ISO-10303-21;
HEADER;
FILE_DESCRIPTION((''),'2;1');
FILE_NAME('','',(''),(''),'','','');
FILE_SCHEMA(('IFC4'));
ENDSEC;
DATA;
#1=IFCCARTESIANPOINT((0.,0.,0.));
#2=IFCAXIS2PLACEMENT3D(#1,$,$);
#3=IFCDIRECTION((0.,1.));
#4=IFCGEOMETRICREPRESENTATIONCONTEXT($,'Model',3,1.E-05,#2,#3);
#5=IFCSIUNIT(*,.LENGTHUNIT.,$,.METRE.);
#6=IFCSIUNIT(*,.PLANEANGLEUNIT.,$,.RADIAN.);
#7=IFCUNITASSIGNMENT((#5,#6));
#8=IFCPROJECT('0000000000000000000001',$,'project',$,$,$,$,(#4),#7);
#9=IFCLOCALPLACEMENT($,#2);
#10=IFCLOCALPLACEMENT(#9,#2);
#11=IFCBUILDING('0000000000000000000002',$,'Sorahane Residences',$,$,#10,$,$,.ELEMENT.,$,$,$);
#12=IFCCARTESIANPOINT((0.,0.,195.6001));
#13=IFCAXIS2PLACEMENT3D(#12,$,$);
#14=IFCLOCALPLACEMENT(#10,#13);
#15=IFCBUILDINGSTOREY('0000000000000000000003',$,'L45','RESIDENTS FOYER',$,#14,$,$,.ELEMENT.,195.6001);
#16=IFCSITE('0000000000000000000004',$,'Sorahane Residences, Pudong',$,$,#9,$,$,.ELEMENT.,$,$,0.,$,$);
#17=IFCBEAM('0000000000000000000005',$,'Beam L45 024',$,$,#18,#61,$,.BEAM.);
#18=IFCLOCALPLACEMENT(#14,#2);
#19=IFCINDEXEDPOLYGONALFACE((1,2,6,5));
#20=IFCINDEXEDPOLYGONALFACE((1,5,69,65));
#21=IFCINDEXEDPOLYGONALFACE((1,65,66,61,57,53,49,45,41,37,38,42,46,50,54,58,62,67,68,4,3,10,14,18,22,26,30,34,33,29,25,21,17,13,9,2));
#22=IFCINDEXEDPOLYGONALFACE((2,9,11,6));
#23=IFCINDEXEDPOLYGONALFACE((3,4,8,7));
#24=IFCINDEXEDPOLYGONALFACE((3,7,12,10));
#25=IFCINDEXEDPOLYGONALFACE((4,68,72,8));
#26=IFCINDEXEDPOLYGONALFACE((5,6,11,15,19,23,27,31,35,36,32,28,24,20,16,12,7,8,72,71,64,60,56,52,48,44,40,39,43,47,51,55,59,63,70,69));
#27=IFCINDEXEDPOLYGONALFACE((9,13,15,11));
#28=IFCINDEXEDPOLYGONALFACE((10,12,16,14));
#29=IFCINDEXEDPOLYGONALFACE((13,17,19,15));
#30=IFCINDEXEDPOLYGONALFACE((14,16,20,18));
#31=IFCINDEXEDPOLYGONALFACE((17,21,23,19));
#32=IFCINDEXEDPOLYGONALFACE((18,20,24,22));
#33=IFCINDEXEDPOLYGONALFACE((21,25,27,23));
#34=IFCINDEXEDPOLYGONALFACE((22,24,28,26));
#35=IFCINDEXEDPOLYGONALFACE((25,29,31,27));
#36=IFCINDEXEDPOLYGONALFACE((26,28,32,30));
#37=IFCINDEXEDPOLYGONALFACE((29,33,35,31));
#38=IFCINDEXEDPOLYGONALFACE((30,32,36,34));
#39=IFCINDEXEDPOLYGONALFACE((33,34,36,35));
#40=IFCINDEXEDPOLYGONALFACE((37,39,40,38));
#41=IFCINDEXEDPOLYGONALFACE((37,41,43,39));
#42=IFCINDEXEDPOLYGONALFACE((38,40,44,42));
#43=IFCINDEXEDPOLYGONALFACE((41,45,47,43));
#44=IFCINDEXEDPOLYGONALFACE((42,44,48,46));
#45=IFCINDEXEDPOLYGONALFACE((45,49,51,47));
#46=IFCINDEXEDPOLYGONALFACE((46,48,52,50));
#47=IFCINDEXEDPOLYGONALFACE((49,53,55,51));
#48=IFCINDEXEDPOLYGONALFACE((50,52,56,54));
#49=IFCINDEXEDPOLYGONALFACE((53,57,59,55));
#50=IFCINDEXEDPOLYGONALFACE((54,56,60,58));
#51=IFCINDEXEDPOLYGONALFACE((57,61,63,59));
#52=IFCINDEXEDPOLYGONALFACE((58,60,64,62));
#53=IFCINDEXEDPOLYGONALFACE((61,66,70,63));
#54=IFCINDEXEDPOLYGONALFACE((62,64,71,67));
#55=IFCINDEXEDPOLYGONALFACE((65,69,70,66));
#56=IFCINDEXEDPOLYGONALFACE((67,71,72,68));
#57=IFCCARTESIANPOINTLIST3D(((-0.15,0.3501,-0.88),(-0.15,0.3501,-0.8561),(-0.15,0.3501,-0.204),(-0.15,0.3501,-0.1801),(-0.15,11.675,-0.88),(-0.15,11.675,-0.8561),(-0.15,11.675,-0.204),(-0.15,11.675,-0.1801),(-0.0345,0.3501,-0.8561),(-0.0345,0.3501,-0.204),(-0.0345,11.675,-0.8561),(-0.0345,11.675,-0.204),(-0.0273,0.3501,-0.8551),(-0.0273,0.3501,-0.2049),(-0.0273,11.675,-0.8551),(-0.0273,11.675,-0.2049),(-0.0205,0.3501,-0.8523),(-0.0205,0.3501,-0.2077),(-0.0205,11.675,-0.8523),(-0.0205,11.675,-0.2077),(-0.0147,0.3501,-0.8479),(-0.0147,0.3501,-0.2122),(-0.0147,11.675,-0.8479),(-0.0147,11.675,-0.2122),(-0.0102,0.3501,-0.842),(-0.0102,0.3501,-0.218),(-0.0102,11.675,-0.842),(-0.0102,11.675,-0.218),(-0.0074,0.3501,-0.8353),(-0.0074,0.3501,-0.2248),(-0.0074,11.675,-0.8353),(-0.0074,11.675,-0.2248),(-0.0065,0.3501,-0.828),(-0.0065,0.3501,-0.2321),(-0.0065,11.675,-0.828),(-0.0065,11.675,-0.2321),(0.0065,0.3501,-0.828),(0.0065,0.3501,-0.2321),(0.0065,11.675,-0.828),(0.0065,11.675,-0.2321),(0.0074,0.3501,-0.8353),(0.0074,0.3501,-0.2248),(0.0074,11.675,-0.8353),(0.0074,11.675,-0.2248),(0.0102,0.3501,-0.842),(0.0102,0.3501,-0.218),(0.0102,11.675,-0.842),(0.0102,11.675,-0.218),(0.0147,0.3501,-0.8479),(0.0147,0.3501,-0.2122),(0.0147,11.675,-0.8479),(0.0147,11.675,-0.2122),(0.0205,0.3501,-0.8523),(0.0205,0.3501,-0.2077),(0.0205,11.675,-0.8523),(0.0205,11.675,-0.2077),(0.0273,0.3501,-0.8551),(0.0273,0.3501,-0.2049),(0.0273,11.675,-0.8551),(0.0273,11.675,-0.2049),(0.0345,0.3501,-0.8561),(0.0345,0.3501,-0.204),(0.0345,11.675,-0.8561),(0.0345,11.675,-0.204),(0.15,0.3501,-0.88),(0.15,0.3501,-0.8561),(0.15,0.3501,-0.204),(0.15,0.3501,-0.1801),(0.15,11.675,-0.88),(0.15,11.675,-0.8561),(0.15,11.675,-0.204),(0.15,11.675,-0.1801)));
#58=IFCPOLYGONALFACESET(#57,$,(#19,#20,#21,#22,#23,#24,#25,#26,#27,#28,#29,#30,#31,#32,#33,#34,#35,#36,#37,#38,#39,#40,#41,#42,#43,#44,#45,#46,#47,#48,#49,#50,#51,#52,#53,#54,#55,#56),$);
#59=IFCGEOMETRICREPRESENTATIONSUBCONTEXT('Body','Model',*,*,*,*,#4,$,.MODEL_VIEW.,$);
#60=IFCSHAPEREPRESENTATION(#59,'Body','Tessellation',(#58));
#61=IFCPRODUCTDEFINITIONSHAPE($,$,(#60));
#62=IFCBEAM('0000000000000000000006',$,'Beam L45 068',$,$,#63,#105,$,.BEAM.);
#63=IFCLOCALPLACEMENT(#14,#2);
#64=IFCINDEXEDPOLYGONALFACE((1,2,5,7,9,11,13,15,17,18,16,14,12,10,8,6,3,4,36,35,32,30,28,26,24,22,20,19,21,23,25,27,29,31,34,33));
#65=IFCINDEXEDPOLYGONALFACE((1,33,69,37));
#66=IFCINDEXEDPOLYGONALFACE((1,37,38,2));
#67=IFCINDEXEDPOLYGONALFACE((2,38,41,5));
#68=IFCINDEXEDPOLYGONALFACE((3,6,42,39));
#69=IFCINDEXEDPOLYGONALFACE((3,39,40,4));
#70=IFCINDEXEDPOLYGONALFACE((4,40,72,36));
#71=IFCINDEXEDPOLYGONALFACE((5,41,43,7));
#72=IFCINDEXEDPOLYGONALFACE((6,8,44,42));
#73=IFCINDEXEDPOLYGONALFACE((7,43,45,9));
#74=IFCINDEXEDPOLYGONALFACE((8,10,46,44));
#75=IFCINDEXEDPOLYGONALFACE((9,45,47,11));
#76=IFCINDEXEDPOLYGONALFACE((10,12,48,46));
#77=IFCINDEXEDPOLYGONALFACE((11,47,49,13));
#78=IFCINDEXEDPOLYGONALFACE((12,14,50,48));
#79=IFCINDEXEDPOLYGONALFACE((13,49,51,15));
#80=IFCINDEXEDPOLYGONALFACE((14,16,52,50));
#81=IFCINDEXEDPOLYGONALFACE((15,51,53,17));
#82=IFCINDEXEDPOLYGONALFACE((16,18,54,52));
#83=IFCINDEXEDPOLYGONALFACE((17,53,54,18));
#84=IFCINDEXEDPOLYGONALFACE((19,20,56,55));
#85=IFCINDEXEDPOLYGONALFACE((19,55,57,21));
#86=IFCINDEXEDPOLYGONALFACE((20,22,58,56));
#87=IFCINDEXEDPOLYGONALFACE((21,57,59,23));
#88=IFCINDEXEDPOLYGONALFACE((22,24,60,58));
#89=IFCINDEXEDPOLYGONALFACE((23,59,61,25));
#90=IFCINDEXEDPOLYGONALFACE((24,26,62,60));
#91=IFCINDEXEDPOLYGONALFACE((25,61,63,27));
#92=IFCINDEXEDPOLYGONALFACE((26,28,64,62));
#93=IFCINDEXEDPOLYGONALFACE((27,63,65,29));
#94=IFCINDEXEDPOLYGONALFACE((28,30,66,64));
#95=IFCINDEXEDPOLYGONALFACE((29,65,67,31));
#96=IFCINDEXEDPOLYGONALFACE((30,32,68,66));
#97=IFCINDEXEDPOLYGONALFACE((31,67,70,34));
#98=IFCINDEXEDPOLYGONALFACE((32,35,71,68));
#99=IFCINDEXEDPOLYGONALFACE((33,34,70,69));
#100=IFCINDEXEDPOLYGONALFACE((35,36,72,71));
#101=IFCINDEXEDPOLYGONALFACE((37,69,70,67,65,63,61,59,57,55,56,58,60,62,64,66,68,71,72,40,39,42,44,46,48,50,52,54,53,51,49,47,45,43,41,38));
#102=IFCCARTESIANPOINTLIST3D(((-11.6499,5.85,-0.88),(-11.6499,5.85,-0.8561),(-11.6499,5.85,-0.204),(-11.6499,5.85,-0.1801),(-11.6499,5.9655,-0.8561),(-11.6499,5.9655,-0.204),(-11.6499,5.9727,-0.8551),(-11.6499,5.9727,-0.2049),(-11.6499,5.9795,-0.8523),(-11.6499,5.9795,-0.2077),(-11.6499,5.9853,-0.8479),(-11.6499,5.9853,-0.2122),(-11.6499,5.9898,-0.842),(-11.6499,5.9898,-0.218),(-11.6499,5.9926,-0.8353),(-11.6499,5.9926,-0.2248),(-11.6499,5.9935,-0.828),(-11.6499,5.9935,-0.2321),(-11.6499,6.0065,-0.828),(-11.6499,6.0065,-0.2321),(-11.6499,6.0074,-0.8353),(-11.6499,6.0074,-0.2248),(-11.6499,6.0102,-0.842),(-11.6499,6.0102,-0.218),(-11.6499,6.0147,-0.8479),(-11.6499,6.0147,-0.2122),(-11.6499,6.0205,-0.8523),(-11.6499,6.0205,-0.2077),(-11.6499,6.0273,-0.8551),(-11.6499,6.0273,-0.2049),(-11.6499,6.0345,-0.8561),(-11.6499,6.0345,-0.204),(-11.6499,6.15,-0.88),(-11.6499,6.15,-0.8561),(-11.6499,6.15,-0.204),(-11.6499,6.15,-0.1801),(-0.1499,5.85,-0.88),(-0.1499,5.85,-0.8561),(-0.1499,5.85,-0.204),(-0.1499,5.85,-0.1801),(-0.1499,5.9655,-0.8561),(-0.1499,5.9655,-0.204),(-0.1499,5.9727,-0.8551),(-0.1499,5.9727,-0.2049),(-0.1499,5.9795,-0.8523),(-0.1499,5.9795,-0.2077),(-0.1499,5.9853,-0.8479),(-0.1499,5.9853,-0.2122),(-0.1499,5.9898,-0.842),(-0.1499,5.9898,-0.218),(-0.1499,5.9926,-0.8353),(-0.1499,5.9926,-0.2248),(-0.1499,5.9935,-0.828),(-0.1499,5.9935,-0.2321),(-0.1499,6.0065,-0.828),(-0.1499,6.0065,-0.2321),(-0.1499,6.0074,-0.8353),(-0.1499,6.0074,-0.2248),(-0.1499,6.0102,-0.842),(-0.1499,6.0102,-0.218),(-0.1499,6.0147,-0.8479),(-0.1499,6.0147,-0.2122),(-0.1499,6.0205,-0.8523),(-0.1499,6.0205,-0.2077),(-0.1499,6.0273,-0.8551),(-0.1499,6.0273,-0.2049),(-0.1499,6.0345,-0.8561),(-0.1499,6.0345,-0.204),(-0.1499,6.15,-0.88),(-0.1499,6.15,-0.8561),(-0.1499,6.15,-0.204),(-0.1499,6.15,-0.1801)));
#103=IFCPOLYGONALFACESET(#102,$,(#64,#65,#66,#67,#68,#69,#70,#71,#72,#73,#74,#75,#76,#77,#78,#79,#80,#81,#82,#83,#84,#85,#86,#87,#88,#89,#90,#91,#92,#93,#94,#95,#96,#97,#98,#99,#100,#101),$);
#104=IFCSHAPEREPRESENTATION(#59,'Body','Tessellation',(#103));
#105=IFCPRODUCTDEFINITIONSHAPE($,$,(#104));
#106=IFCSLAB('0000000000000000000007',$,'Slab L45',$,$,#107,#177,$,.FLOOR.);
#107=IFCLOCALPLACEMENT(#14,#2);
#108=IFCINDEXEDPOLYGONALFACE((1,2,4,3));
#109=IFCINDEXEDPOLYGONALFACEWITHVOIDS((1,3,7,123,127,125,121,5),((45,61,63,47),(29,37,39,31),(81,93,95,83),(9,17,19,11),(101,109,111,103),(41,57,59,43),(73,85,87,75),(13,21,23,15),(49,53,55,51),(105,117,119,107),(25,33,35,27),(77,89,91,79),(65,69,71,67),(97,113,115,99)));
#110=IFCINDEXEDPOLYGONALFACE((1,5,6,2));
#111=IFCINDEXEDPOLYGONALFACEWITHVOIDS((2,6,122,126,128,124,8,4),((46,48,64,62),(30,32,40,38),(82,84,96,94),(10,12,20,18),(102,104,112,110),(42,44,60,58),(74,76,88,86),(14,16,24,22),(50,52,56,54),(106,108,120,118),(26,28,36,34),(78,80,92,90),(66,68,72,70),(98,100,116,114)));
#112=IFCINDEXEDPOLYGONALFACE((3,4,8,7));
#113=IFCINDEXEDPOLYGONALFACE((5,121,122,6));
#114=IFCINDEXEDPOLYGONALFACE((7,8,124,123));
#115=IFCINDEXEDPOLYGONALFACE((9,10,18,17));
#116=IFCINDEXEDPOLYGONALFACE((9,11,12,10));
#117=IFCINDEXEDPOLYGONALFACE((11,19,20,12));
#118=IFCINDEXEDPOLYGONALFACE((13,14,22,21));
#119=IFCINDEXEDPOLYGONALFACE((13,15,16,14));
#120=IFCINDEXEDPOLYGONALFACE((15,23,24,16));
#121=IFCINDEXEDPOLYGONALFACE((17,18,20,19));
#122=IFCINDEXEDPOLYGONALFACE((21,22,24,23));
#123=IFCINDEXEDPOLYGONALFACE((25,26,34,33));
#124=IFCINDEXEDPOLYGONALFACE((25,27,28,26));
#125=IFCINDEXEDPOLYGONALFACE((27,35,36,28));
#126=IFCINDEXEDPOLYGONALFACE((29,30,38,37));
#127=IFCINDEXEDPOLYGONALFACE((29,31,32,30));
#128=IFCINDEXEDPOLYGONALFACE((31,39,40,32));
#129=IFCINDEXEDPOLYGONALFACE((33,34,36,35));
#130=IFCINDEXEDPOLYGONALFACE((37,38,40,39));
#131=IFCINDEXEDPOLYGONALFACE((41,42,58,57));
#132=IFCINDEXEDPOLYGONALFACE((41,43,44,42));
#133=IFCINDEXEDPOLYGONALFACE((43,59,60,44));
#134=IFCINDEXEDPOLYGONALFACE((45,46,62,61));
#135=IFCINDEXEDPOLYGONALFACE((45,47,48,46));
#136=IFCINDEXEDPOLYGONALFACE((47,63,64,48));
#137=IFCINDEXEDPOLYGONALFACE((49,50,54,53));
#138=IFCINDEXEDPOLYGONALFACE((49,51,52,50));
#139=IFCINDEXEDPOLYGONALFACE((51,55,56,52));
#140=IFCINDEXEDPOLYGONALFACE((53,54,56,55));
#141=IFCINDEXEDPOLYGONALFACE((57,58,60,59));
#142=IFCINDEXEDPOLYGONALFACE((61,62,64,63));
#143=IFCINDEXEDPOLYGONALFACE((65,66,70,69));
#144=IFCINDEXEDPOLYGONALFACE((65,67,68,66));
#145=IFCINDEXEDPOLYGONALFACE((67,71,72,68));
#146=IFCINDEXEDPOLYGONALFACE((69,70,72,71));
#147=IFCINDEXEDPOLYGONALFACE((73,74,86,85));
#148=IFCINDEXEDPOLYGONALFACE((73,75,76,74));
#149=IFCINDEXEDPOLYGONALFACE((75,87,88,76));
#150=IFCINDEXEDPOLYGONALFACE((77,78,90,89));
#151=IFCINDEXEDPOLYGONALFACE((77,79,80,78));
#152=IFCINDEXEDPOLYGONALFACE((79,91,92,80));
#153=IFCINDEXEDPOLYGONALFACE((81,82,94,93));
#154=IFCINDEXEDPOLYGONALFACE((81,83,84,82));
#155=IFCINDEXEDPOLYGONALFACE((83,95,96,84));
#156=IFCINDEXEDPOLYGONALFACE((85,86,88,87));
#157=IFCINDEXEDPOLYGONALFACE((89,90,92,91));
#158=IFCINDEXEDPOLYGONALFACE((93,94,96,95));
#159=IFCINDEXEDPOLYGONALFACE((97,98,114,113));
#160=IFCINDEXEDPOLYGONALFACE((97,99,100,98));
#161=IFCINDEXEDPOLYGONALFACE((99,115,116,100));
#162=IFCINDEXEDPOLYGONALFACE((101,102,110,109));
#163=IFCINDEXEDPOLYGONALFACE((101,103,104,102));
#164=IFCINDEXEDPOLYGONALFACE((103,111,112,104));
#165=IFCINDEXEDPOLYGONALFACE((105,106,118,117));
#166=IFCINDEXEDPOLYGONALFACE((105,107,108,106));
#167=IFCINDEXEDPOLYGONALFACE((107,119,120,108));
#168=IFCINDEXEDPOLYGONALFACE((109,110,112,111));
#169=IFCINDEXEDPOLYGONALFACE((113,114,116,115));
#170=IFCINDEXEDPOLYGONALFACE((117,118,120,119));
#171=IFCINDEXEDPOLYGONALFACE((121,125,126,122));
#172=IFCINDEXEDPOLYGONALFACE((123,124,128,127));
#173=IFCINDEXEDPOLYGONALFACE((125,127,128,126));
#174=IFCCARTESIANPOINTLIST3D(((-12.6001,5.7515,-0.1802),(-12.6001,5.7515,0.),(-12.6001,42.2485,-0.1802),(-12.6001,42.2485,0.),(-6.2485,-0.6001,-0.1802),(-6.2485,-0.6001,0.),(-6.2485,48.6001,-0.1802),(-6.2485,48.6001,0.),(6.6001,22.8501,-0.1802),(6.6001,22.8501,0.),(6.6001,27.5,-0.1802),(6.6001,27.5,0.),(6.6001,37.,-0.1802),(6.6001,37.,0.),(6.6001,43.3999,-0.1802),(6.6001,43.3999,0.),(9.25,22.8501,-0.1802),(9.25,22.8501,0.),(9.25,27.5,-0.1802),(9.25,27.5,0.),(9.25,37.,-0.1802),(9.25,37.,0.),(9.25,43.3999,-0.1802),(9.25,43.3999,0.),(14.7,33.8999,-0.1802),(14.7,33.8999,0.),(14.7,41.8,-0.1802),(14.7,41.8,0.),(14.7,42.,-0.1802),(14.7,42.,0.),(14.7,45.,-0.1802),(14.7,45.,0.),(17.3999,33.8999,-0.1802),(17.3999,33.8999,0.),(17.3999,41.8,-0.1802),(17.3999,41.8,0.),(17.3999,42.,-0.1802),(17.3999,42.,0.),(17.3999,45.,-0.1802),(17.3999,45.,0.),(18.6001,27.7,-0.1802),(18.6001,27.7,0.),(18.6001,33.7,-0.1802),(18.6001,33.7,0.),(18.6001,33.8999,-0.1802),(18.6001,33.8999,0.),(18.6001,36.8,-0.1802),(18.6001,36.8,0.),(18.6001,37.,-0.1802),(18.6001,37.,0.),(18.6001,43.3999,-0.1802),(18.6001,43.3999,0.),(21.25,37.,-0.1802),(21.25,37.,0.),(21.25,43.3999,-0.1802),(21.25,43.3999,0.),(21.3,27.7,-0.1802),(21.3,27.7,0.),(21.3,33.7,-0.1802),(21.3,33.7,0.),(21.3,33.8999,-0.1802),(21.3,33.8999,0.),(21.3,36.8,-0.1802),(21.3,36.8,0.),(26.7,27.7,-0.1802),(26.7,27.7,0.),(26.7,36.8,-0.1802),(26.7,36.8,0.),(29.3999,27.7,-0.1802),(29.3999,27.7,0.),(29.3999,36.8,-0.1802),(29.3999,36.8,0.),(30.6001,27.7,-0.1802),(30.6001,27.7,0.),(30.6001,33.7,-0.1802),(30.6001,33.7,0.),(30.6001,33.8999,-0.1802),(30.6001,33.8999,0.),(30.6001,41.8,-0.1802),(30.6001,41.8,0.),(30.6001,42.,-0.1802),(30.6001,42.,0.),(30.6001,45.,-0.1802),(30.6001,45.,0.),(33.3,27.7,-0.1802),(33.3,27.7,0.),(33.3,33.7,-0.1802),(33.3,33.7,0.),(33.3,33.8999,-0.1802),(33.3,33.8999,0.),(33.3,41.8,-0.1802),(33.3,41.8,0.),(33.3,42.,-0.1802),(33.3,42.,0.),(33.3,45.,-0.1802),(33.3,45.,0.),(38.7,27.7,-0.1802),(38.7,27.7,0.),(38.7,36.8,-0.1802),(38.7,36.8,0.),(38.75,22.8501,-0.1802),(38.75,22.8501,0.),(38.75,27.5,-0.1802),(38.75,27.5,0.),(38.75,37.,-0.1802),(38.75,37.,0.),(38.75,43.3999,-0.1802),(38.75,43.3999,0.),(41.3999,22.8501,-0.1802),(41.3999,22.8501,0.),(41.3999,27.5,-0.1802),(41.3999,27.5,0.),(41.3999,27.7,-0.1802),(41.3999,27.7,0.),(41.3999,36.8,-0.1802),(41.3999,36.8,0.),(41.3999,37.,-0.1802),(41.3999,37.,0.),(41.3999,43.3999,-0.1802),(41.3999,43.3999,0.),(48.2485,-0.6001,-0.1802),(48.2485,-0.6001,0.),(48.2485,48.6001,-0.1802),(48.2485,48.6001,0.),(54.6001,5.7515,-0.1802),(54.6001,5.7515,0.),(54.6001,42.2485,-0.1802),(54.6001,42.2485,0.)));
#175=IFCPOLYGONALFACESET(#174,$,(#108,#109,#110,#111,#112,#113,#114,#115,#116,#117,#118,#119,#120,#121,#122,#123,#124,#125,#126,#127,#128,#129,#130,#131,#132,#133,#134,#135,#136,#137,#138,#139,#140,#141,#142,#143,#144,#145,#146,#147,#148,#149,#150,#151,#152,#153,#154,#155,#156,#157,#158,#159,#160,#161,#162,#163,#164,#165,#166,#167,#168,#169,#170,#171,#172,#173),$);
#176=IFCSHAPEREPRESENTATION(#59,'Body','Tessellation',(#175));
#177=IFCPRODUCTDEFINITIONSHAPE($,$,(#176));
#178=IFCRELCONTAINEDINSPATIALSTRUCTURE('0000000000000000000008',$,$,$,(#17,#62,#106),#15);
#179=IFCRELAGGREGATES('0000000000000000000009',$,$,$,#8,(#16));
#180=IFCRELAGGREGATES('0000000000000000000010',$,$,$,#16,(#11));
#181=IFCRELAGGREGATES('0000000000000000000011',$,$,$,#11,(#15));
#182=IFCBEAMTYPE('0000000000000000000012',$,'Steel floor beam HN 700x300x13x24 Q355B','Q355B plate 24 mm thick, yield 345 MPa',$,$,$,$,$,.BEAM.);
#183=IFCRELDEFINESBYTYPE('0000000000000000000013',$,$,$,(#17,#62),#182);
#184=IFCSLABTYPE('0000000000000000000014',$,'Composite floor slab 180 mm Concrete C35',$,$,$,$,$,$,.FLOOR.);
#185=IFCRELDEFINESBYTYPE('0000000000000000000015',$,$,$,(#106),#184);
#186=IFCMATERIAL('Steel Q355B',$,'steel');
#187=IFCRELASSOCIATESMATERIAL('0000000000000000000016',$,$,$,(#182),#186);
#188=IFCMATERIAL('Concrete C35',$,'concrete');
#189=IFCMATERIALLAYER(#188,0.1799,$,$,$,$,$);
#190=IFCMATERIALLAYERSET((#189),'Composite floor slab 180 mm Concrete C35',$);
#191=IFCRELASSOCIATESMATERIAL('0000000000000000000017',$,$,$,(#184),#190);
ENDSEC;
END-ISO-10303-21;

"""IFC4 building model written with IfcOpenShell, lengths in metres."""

from ifc_helpers import new_model, si_unit, direction, frame, origin, origin_2d, place, context, subcontext, project, spatial, polyline, i_section, outline, extrude, material, layer, layer_set, material_profile, profile_set, type_object, element, save


model = new_model("IFC4")

# Units and contexts
model_context = context("Model", 3, precision=1e-05, world=origin(), true_north=direction((0.0, 1.0)))
body_context = subcontext(model_context, "Body", "Model", "MODEL_VIEW")
ifc_project = project(units=[si_unit("LENGTHUNIT", "METRE"), si_unit("PLANEANGLEUNIT", "RADIAN")], contexts=[model_context])

# Site, building, storey
site_placement = place(None, origin())
site = spatial("IfcSite", under=ifc_project, at=site_placement, Name="Sorahane Residences, Pudong", CompositionType="ELEMENT", RefElevation=0.0)
building_placement = place(site_placement, origin())
building = spatial("IfcBuilding", under=site, at=building_placement, Name="Sorahane Residences", CompositionType="ELEMENT")
storey_placement = place(building_placement, frame((0.0, 0.0, 195.6001)))
storey = spatial("IfcBuildingStorey", under=building, at=storey_placement, Name="L45", Description="RESIDENTS FOYER", CompositionType="ELEMENT", Elevation=195.6001)

# Beams
ifc_material_1 = material(Name="Steel Q355B", Category="steel")
ifc_material_profile_1 = material_profile(ifc_material_1, i_section(OverallWidth=0.3, OverallDepth=0.7, WebThickness=0.0129, FlangeThickness=0.0239, FilletRadius=0.0281, at=origin_2d()), Name="HN 700x300x13x24")
ifc_profile_set_1 = profile_set([ifc_material_profile_1], Name="Steel Q355B")
beam_type_1 = type_object("IfcBeamType", Name="Steel floor beam HN 700x300x13x24 Q355B", Description="Q355B plate 24 mm thick, yield 345 MPa", PredefinedType="BEAM", material=ifc_profile_set_1)
beam_1_placement = place(storey_placement, frame((0.0, 0.3501, -0.53), z_axis=(0.0, 1.0, 0.0), x_axis=(-1.0, 0.0, 0.0)))
element("IfcBeam", 1, at=beam_1_placement, inside=storey, type_object=beam_type_1, Name="Beam L45 024", PredefinedType="BEAM", context=body_context, shape_type="SweptSolid", body=[
    extrude(i_section(OverallWidth=0.3, OverallDepth=0.7, WebThickness=0.0129, FlangeThickness=0.0239, FilletRadius=0.0281, at=origin_2d()), origin(), (0.0, 0.0, 1.0), 11.325),
])
beam_2_placement = place(storey_placement, frame((-11.6499, 6.0, -0.53), z_axis=(1.0, 0.0, 0.0), x_axis=(0.0, 1.0, 0.0)))
element("IfcBeam", 2, at=beam_2_placement, inside=storey, type_object=beam_type_1, Name="Beam L45 068", PredefinedType="BEAM", context=body_context, shape_type="SweptSolid", body=[
    extrude(i_section(OverallWidth=0.3, OverallDepth=0.7, WebThickness=0.0129, FlangeThickness=0.0239, FilletRadius=0.0281, at=origin_2d()), origin(), (0.0, 0.0, 1.0), 11.5),
])

# Slab
ifc_material_2 = material(Name="Concrete C35", Category="concrete")
ifc_layer_1 = layer(ifc_material_2, 0.1799)
ifc_layer_set_1 = layer_set([ifc_layer_1], Name="Composite floor slab 180 mm Concrete C35")
slab_type_1 = type_object("IfcSlabType", Name="Composite floor slab 180 mm Concrete C35", PredefinedType="FLOOR", material=ifc_layer_set_1)
slab_1_placement = place(storey_placement, frame((0.0, 0.0, -0.1802)))
element("IfcSlab", 3, at=slab_1_placement, inside=storey, type_object=slab_type_1, Name="Slab L45", PredefinedType="FLOOR", context=body_context, shape_type="SweptSolid", body=[
    extrude(outline(polyline([(-6.2485, -0.6001), (-12.6001, 5.7515), (-12.6001, 42.2485), (-6.2485, 48.6001), (48.2485, 48.6001), (54.6001, 42.2485), (54.6001, 5.7515), (48.2485, -0.6001), (-6.2485, -0.6001)]), holes=[polyline([(18.6001, 27.7), (21.3, 27.7), (21.3, 33.7), (18.6001, 33.7), (18.6001, 27.7)]), polyline([(38.7, 27.7), (41.3999, 27.7), (41.3999, 36.8), (38.7, 36.8), (38.7, 27.7)]), polyline([(30.6001, 27.7), (33.3, 27.7), (33.3, 33.7), (30.6001, 33.7), (30.6001, 27.7)]), polyline([(30.6001, 42.0), (33.3, 42.0), (33.3, 45.0), (30.6001, 45.0), (30.6001, 42.0)]), polyline([(14.7, 42.0), (17.3999, 42.0), (17.3999, 45.0), (14.7, 45.0), (14.7, 42.0)]), polyline([(6.6001, 43.3999), (6.6001, 37.0), (9.25, 37.0), (9.25, 43.3999), (6.6001, 43.3999)]), polyline([(38.75, 43.3999), (38.75, 37.0), (41.3999, 37.0), (41.3999, 43.3999), (38.75, 43.3999)]), polyline([(18.6001, 43.3999), (18.6001, 37.0), (21.25, 37.0), (21.25, 43.3999), (18.6001, 43.3999)]), polyline([(9.25, 22.8501), (9.25, 27.5), (6.6001, 27.5), (6.6001, 22.8501), (9.25, 22.8501)]), polyline([(41.3999, 22.8501), (41.3999, 27.5), (38.75, 27.5), (38.75, 22.8501), (41.3999, 22.8501)]), polyline([(14.7, 33.8999), (17.3999, 33.8999), (17.3999, 41.8), (14.7, 41.8), (14.7, 33.8999)]), polyline([(30.6001, 33.8999), (33.3, 33.8999), (33.3, 41.8), (30.6001, 41.8), (30.6001, 33.8999)]), polyline([(18.6001, 33.8999), (21.3, 33.8999), (21.3, 36.8), (18.6001, 36.8), (18.6001, 33.8999)]), polyline([(26.7, 27.7), (29.3999, 27.7), (29.3999, 36.8), (26.7, 36.8), (26.7, 27.7)])]), origin(), (0.0, 0.0, 1.0), 0.1802),
])

save(model, "model.ifc")
